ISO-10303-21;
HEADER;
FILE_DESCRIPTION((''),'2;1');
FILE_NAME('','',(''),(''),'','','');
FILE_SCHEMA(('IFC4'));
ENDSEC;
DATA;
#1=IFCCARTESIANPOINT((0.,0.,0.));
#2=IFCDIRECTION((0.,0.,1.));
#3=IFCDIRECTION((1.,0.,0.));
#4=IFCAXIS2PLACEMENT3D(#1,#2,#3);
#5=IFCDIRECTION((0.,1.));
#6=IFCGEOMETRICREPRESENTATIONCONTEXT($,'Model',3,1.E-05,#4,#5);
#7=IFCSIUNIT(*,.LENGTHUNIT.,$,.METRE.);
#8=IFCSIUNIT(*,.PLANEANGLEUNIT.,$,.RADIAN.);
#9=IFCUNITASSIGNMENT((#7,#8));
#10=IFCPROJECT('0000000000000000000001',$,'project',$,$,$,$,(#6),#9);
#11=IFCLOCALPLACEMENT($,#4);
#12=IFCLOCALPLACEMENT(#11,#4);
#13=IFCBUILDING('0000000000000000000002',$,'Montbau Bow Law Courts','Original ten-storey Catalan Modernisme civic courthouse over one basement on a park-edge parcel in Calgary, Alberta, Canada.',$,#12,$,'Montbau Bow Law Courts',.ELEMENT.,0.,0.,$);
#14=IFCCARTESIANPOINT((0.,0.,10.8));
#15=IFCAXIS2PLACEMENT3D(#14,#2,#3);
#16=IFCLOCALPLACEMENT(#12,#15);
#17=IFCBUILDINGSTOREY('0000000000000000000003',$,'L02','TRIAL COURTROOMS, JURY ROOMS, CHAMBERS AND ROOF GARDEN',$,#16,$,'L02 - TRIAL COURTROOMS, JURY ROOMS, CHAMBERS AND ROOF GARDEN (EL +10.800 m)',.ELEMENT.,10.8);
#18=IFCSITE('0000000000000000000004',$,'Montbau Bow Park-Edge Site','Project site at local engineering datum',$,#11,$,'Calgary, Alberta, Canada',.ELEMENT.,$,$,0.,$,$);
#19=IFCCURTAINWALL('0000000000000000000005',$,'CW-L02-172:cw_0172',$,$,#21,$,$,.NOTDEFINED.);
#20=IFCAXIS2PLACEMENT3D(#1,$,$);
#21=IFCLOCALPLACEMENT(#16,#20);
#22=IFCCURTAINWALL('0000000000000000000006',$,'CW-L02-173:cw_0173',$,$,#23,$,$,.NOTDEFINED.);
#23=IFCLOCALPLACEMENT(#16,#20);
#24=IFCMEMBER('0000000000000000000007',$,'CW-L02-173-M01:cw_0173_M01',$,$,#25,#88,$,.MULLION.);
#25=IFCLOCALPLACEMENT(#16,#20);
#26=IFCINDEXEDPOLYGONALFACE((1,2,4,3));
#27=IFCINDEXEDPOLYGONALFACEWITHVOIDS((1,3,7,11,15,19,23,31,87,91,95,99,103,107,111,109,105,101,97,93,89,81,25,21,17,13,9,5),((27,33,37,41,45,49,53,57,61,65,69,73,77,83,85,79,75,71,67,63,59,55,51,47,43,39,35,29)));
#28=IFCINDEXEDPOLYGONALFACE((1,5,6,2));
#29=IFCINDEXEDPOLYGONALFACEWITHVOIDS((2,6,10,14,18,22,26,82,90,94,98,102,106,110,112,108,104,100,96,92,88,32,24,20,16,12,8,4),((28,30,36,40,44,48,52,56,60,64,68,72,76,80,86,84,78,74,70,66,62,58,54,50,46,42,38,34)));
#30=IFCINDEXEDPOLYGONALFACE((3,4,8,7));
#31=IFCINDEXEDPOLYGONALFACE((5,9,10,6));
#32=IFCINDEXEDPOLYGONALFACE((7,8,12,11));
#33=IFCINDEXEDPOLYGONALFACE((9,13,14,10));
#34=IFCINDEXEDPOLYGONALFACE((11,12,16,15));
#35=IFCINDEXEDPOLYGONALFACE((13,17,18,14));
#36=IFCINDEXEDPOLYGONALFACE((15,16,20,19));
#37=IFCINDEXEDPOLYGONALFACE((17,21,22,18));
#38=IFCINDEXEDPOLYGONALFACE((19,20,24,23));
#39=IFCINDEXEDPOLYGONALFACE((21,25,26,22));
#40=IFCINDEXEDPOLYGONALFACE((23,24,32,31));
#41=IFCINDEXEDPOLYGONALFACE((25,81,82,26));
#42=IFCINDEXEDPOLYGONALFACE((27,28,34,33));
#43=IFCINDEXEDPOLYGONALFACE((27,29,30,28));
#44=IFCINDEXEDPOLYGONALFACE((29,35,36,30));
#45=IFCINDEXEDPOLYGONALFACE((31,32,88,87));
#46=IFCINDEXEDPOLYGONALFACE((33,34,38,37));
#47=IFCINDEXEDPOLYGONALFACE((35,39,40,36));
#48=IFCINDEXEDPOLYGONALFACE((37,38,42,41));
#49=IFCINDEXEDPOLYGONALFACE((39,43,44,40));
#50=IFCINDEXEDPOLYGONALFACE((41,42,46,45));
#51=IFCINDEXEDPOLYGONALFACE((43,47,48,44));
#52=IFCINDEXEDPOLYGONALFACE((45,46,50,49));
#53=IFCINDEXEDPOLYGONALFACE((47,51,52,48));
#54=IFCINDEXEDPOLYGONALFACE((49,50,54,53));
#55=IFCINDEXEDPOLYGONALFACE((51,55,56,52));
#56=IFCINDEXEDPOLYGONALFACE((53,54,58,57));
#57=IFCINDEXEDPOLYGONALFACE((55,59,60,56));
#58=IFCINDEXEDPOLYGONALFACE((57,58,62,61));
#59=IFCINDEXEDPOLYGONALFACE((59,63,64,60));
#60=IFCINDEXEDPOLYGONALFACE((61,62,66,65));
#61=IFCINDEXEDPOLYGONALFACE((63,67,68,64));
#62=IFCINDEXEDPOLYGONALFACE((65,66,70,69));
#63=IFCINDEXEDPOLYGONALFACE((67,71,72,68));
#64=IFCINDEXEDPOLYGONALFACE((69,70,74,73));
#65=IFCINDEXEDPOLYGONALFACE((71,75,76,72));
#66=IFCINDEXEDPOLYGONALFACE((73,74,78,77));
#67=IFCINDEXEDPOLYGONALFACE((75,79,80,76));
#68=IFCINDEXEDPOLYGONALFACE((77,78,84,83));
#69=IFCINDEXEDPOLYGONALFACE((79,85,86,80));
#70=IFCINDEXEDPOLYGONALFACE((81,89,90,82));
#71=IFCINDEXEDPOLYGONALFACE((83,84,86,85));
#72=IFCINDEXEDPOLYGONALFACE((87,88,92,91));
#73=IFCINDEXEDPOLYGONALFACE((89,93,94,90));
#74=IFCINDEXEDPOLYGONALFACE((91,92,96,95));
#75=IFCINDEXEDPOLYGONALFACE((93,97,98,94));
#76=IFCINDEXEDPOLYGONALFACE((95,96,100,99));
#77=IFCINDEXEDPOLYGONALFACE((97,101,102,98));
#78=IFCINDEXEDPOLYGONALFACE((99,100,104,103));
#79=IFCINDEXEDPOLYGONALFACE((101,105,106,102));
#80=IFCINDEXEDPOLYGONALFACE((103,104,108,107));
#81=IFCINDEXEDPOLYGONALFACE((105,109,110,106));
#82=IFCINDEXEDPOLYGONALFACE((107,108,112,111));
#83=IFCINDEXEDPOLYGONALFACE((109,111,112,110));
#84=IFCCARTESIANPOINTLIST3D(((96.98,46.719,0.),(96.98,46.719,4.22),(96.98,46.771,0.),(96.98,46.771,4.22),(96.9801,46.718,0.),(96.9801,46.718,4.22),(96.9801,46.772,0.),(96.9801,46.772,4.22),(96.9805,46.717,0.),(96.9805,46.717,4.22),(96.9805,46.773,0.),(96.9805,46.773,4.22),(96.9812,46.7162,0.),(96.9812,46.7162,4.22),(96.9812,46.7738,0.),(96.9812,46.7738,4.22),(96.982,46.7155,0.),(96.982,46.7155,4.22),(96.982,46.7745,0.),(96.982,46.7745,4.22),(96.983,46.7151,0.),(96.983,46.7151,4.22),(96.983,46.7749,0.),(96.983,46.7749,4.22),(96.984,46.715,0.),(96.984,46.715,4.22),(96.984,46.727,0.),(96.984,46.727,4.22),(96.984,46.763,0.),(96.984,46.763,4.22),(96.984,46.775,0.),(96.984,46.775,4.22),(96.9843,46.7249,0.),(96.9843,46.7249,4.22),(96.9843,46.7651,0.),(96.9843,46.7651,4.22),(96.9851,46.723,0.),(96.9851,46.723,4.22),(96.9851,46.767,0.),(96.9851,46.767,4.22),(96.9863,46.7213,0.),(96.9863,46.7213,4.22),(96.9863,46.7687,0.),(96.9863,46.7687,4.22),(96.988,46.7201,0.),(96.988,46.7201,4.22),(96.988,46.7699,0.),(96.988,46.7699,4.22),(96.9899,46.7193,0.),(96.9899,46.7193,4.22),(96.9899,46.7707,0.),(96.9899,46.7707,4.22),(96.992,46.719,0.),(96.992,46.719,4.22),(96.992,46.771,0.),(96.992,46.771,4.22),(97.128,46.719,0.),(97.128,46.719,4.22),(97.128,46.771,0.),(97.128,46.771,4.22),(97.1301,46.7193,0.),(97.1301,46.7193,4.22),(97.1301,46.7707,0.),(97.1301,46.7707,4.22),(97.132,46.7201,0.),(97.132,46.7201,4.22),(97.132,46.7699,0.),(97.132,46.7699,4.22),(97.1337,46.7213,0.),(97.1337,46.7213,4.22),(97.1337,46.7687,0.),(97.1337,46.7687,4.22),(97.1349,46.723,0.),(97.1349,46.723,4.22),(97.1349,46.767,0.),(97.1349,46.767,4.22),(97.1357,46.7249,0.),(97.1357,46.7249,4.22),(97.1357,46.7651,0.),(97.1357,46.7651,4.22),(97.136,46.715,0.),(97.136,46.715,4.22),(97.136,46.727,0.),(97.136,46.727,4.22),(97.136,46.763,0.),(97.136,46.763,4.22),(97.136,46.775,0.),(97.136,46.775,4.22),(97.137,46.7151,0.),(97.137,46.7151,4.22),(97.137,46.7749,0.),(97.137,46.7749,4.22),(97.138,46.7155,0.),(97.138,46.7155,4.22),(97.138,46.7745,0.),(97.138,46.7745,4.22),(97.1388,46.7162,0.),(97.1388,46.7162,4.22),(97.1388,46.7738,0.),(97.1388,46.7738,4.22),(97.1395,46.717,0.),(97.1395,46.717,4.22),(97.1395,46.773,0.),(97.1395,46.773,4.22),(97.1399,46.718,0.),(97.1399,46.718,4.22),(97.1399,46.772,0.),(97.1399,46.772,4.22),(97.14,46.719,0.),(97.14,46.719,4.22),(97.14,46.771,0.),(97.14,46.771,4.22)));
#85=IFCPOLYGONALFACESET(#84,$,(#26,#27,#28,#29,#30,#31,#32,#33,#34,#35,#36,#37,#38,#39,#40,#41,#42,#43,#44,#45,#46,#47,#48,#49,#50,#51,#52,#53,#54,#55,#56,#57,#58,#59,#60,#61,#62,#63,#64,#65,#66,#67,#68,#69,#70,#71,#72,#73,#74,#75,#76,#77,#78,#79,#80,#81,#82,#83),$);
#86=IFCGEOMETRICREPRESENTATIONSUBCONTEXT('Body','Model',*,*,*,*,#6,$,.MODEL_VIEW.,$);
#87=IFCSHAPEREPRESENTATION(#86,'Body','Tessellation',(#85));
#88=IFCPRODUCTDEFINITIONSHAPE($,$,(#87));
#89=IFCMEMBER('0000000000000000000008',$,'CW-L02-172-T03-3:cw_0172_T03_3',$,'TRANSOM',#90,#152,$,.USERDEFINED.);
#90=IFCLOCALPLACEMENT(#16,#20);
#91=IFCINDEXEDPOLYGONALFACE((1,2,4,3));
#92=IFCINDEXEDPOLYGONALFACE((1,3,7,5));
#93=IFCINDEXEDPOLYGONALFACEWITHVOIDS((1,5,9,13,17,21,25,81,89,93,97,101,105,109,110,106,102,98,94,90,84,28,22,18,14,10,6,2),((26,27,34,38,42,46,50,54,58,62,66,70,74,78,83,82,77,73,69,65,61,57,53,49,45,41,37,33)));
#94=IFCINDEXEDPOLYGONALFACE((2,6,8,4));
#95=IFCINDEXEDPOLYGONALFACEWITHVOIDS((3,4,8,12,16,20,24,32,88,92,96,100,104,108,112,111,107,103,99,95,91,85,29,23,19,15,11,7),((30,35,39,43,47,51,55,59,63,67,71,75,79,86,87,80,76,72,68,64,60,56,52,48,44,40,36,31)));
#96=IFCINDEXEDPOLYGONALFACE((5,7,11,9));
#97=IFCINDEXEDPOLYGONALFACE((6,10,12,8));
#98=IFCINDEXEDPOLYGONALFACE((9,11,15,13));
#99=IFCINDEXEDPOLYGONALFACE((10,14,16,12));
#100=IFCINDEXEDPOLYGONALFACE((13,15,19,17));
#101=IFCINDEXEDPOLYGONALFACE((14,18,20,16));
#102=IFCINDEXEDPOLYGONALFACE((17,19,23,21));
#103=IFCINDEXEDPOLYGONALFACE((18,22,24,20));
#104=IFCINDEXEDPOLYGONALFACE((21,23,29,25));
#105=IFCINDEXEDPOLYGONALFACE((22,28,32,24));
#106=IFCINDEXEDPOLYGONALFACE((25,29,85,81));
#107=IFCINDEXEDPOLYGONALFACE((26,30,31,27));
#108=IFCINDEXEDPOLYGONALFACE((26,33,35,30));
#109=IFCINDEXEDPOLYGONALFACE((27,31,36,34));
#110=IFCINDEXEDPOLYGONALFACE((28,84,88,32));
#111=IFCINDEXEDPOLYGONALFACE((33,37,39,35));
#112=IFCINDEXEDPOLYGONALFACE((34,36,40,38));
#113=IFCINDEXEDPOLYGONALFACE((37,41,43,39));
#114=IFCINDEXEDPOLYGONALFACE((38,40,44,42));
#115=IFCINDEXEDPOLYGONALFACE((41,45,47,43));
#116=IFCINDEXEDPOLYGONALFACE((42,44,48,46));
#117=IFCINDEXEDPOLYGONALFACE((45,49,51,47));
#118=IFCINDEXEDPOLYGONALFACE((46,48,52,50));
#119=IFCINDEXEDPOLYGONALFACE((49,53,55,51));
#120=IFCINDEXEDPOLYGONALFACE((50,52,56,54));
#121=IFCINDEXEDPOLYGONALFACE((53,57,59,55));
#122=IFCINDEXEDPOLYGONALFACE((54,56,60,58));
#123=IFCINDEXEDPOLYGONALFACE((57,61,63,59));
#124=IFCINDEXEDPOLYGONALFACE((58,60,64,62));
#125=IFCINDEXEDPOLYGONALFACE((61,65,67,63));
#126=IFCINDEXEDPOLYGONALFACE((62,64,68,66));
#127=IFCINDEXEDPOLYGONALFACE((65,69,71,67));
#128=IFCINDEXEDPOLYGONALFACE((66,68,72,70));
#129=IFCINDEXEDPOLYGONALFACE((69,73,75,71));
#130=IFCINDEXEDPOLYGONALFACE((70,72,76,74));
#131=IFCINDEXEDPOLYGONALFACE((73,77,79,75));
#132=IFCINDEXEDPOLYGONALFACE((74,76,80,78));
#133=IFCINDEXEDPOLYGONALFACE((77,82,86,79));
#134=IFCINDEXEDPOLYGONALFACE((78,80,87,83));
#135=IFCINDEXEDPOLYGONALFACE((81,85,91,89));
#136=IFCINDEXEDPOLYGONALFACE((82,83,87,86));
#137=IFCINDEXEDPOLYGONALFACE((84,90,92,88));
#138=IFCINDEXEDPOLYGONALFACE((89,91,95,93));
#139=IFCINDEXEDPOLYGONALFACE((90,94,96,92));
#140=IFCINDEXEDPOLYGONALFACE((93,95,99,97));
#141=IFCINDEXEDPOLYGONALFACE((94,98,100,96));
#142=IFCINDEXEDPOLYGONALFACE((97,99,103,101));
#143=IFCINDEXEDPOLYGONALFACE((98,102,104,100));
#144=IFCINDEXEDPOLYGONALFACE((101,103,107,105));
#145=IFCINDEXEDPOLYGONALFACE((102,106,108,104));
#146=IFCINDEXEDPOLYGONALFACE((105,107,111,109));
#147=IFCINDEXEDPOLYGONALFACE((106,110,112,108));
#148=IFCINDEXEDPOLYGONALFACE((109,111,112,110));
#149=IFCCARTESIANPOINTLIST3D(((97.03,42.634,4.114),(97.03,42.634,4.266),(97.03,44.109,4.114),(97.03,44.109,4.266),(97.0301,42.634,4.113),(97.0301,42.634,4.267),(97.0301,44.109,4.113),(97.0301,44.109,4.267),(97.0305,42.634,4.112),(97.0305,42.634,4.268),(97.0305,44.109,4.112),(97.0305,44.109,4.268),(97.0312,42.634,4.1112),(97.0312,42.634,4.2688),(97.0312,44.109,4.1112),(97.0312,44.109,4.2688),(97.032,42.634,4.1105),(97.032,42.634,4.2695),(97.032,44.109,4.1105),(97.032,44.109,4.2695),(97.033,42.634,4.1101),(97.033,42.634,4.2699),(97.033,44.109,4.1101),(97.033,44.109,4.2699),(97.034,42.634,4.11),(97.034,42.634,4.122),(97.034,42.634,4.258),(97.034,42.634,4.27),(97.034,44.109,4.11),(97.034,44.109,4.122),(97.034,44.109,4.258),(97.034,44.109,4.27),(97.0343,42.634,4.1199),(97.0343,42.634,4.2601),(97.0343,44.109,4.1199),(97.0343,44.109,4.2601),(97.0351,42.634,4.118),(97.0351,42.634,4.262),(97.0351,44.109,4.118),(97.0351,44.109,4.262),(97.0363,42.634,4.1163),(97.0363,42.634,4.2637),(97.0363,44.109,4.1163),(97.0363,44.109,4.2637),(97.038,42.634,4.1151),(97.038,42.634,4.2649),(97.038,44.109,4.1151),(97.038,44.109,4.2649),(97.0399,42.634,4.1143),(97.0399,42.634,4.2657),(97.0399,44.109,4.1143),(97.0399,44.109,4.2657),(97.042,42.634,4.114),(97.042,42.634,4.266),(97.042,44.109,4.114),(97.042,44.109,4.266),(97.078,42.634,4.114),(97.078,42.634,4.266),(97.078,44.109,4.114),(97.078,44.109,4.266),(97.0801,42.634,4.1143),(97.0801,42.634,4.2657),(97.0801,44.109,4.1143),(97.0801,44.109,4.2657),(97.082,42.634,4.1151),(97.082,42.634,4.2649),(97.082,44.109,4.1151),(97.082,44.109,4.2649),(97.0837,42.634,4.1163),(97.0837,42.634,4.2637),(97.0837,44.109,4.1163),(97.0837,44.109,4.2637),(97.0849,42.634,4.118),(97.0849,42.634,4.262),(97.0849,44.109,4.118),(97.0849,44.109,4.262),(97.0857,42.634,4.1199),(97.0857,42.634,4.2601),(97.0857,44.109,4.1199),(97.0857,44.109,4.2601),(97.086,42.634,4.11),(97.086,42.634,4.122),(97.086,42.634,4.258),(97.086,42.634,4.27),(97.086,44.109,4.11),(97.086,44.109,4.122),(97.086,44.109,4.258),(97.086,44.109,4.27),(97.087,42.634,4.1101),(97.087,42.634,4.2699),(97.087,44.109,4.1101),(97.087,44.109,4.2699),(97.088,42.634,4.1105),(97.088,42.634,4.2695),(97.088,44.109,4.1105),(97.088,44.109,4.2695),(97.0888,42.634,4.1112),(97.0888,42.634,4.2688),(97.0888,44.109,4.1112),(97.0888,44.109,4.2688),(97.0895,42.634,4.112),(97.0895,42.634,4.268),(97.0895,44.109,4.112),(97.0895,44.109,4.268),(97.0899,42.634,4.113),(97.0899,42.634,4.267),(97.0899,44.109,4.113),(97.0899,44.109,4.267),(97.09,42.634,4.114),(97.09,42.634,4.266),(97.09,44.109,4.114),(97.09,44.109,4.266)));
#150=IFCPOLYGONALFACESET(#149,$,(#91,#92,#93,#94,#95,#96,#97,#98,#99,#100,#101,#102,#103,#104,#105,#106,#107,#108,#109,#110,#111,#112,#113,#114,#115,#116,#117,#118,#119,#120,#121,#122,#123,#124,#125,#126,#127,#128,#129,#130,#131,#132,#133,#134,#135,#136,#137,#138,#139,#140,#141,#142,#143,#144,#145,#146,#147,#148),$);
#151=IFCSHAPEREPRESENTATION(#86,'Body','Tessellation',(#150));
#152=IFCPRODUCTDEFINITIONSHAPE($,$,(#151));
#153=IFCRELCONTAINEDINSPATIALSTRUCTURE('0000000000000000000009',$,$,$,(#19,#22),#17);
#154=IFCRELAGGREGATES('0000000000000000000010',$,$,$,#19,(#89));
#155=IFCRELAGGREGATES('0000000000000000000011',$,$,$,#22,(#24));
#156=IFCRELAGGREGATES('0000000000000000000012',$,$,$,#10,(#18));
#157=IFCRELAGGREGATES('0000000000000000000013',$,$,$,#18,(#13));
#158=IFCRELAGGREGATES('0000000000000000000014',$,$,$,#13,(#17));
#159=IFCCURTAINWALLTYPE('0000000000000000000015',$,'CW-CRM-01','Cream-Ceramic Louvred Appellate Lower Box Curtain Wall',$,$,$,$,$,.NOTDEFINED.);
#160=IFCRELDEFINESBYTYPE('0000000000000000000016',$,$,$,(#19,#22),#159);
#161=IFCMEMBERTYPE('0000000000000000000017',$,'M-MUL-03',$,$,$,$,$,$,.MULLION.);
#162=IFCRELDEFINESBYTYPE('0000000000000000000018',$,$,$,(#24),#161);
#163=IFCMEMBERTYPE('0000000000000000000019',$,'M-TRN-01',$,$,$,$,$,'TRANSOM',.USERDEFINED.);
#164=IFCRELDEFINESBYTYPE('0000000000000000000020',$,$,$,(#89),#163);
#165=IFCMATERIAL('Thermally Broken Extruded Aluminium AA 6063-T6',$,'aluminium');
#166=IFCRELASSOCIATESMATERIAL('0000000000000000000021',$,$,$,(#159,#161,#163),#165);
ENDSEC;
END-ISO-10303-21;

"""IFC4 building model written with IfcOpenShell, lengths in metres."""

from ifc_helpers import new_model, si_unit, direction, frame, origin_with_axes, origin_2d_with_axis, place, context, subcontext, project, spatial, hollow_rectangle, extrude, material, material_profile, profile_set, type_object, element, aggregate, save


model = new_model("IFC4")

# Units and contexts
model_context = context("Model", 3, precision=1e-05, world=origin_with_axes(), true_north=direction((0.0, 1.0)))
body_context = subcontext(model_context, "Body", "Model", "MODEL_VIEW")
ifc_project = project(units=[si_unit("LENGTHUNIT", "METRE"), si_unit("PLANEANGLEUNIT", "RADIAN")], contexts=[model_context])

# Site, building, storey
site_placement = place(None, origin_with_axes())
site = spatial("IfcSite", under=ifc_project, at=site_placement, Name="Montbau Bow Park-Edge Site", Description="Project site at local engineering datum", LongName="Calgary, Alberta, Canada", CompositionType="ELEMENT", RefElevation=0.0)
building_placement = place(site_placement, origin_with_axes())
building = spatial("IfcBuilding", under=site, at=building_placement, Name="Montbau Bow Law Courts", Description="Original ten-storey Catalan Modernisme civic courthouse over one basement on a park-edge parcel in Calgary, Alberta, Canada.", LongName="Montbau Bow Law Courts", CompositionType="ELEMENT", ElevationOfRefHeight=0.0, ElevationOfTerrain=0.0)
storey_placement = place(building_placement, frame((0.0, 0.0, 10.8), z_axis=(0.0, 0.0, 1.0), x_axis=(1.0, 0.0, 0.0)))
storey = spatial("IfcBuildingStorey", under=building, at=storey_placement, Name="L02", Description="TRIAL COURTROOMS, JURY ROOMS, CHAMBERS AND ROOF GARDEN", LongName="L02 - TRIAL COURTROOMS, JURY ROOMS, CHAMBERS AND ROOF GARDEN (EL +10.800 m)", CompositionType="ELEMENT", Elevation=10.8)

# Curtain wall
ifc_material_1 = material(Name="Thermally Broken Extruded Aluminium AA 6063-T6", Category="aluminium")
curtain_wall_type = type_object("IfcCurtainWallType", Name="CW-CRM-01", Description="Cream-Ceramic Louvred Appellate Lower Box Curtain Wall", PredefinedType="NOTDEFINED", material=ifc_material_1)
curtain_wall_1_placement = place(None, frame((97.06, 39.515, 10.8), z_axis=(0.0, 0.0, 1.0), x_axis=(1.0, 0.0, 0.0)))
curtain_wall_1 = element("IfcCurtainWall", 1, at=curtain_wall_1_placement, inside=storey, type_object=curtain_wall_type, Name="CW-L02-172:cw_0172", PredefinedType="NOTDEFINED")

# Curtain wall, member
curtain_wall_2_placement = place(None, frame((97.06, 46.715, 10.8), z_axis=(0.0, 0.0, 1.0), x_axis=(1.0, 0.0, 0.0)))
curtain_wall_2 = element("IfcCurtainWall", 2, at=curtain_wall_2_placement, inside=storey, type_object=curtain_wall_type, Name="CW-L02-173:cw_0173", PredefinedType="NOTDEFINED")
ifc_material_profile_1 = material_profile(ifc_material_1, hollow_rectangle(XDim=0.06, YDim=0.16, WallThickness=0.004, InnerFilletRadius=0.008, OuterFilletRadius=0.004, at=origin_2d_with_axis()), Name="CWM-160X60", Category="Main", Priority=0)
ifc_profile_set_1 = profile_set([ifc_material_profile_1], Name="Thermally Broken Extruded Aluminium AA 6063-T6")
member_type_1 = type_object("IfcMemberType", Name="M-MUL-03", PredefinedType="MULLION", material=ifc_profile_set_1)
member_1_placement = place(None, frame((97.06, 46.745, 10.8), z_axis=(0.0, 0.0, 1.0), x_axis=(0.0, 1.0, 0.0)))
member_1 = element("IfcMember", 3, at=member_1_placement, type_object=member_type_1, Name="CW-L02-173-M01:cw_0173_M01", PredefinedType="MULLION", context=body_context, shape_type="SweptSolid", body=[
    extrude(hollow_rectangle(XDim=0.06, YDim=0.16, WallThickness=0.004, InnerFilletRadius=0.008, OuterFilletRadius=0.004, at=origin_2d_with_axis()), origin_with_axes(), (0.0, 0.0, 1.0), 4.22),
])

# Member
ifc_material_profile_2 = material_profile(ifc_material_1, hollow_rectangle(XDim=0.06, YDim=0.16, WallThickness=0.004, InnerFilletRadius=0.008, OuterFilletRadius=0.004, at=origin_2d_with_axis()), Name="CWT-160X60", Category="Main", Priority=0)
ifc_profile_set_2 = profile_set([ifc_material_profile_2], Name="Thermally Broken Extruded Aluminium AA 6063-T6")
member_type_2 = type_object("IfcMemberType", Name="M-TRN-01", ElementType="TRANSOM", PredefinedType="USERDEFINED", material=ifc_profile_set_2)
member_2_placement = place(None, frame((97.06, 42.634, 14.99), z_axis=(0.0, 1.0, 0.0), x_axis=(-1.0, 0.0, 0.0)))
member_2 = element("IfcMember", 4, at=member_2_placement, type_object=member_type_2, Name="CW-L02-172-T03-3:cw_0172_T03_3", ObjectType="TRANSOM", PredefinedType="USERDEFINED", context=body_context, shape_type="SweptSolid", body=[
    extrude(hollow_rectangle(XDim=0.06, YDim=0.16, WallThickness=0.004, InnerFilletRadius=0.008, OuterFilletRadius=0.004, at=origin_2d_with_axis()), origin_with_axes(), (0.0, 0.0, 1.0), 1.475),
])

aggregate(curtain_wall_1, [member_2])
aggregate(curtain_wall_2, [member_1])

save(model, "model.ifc")
